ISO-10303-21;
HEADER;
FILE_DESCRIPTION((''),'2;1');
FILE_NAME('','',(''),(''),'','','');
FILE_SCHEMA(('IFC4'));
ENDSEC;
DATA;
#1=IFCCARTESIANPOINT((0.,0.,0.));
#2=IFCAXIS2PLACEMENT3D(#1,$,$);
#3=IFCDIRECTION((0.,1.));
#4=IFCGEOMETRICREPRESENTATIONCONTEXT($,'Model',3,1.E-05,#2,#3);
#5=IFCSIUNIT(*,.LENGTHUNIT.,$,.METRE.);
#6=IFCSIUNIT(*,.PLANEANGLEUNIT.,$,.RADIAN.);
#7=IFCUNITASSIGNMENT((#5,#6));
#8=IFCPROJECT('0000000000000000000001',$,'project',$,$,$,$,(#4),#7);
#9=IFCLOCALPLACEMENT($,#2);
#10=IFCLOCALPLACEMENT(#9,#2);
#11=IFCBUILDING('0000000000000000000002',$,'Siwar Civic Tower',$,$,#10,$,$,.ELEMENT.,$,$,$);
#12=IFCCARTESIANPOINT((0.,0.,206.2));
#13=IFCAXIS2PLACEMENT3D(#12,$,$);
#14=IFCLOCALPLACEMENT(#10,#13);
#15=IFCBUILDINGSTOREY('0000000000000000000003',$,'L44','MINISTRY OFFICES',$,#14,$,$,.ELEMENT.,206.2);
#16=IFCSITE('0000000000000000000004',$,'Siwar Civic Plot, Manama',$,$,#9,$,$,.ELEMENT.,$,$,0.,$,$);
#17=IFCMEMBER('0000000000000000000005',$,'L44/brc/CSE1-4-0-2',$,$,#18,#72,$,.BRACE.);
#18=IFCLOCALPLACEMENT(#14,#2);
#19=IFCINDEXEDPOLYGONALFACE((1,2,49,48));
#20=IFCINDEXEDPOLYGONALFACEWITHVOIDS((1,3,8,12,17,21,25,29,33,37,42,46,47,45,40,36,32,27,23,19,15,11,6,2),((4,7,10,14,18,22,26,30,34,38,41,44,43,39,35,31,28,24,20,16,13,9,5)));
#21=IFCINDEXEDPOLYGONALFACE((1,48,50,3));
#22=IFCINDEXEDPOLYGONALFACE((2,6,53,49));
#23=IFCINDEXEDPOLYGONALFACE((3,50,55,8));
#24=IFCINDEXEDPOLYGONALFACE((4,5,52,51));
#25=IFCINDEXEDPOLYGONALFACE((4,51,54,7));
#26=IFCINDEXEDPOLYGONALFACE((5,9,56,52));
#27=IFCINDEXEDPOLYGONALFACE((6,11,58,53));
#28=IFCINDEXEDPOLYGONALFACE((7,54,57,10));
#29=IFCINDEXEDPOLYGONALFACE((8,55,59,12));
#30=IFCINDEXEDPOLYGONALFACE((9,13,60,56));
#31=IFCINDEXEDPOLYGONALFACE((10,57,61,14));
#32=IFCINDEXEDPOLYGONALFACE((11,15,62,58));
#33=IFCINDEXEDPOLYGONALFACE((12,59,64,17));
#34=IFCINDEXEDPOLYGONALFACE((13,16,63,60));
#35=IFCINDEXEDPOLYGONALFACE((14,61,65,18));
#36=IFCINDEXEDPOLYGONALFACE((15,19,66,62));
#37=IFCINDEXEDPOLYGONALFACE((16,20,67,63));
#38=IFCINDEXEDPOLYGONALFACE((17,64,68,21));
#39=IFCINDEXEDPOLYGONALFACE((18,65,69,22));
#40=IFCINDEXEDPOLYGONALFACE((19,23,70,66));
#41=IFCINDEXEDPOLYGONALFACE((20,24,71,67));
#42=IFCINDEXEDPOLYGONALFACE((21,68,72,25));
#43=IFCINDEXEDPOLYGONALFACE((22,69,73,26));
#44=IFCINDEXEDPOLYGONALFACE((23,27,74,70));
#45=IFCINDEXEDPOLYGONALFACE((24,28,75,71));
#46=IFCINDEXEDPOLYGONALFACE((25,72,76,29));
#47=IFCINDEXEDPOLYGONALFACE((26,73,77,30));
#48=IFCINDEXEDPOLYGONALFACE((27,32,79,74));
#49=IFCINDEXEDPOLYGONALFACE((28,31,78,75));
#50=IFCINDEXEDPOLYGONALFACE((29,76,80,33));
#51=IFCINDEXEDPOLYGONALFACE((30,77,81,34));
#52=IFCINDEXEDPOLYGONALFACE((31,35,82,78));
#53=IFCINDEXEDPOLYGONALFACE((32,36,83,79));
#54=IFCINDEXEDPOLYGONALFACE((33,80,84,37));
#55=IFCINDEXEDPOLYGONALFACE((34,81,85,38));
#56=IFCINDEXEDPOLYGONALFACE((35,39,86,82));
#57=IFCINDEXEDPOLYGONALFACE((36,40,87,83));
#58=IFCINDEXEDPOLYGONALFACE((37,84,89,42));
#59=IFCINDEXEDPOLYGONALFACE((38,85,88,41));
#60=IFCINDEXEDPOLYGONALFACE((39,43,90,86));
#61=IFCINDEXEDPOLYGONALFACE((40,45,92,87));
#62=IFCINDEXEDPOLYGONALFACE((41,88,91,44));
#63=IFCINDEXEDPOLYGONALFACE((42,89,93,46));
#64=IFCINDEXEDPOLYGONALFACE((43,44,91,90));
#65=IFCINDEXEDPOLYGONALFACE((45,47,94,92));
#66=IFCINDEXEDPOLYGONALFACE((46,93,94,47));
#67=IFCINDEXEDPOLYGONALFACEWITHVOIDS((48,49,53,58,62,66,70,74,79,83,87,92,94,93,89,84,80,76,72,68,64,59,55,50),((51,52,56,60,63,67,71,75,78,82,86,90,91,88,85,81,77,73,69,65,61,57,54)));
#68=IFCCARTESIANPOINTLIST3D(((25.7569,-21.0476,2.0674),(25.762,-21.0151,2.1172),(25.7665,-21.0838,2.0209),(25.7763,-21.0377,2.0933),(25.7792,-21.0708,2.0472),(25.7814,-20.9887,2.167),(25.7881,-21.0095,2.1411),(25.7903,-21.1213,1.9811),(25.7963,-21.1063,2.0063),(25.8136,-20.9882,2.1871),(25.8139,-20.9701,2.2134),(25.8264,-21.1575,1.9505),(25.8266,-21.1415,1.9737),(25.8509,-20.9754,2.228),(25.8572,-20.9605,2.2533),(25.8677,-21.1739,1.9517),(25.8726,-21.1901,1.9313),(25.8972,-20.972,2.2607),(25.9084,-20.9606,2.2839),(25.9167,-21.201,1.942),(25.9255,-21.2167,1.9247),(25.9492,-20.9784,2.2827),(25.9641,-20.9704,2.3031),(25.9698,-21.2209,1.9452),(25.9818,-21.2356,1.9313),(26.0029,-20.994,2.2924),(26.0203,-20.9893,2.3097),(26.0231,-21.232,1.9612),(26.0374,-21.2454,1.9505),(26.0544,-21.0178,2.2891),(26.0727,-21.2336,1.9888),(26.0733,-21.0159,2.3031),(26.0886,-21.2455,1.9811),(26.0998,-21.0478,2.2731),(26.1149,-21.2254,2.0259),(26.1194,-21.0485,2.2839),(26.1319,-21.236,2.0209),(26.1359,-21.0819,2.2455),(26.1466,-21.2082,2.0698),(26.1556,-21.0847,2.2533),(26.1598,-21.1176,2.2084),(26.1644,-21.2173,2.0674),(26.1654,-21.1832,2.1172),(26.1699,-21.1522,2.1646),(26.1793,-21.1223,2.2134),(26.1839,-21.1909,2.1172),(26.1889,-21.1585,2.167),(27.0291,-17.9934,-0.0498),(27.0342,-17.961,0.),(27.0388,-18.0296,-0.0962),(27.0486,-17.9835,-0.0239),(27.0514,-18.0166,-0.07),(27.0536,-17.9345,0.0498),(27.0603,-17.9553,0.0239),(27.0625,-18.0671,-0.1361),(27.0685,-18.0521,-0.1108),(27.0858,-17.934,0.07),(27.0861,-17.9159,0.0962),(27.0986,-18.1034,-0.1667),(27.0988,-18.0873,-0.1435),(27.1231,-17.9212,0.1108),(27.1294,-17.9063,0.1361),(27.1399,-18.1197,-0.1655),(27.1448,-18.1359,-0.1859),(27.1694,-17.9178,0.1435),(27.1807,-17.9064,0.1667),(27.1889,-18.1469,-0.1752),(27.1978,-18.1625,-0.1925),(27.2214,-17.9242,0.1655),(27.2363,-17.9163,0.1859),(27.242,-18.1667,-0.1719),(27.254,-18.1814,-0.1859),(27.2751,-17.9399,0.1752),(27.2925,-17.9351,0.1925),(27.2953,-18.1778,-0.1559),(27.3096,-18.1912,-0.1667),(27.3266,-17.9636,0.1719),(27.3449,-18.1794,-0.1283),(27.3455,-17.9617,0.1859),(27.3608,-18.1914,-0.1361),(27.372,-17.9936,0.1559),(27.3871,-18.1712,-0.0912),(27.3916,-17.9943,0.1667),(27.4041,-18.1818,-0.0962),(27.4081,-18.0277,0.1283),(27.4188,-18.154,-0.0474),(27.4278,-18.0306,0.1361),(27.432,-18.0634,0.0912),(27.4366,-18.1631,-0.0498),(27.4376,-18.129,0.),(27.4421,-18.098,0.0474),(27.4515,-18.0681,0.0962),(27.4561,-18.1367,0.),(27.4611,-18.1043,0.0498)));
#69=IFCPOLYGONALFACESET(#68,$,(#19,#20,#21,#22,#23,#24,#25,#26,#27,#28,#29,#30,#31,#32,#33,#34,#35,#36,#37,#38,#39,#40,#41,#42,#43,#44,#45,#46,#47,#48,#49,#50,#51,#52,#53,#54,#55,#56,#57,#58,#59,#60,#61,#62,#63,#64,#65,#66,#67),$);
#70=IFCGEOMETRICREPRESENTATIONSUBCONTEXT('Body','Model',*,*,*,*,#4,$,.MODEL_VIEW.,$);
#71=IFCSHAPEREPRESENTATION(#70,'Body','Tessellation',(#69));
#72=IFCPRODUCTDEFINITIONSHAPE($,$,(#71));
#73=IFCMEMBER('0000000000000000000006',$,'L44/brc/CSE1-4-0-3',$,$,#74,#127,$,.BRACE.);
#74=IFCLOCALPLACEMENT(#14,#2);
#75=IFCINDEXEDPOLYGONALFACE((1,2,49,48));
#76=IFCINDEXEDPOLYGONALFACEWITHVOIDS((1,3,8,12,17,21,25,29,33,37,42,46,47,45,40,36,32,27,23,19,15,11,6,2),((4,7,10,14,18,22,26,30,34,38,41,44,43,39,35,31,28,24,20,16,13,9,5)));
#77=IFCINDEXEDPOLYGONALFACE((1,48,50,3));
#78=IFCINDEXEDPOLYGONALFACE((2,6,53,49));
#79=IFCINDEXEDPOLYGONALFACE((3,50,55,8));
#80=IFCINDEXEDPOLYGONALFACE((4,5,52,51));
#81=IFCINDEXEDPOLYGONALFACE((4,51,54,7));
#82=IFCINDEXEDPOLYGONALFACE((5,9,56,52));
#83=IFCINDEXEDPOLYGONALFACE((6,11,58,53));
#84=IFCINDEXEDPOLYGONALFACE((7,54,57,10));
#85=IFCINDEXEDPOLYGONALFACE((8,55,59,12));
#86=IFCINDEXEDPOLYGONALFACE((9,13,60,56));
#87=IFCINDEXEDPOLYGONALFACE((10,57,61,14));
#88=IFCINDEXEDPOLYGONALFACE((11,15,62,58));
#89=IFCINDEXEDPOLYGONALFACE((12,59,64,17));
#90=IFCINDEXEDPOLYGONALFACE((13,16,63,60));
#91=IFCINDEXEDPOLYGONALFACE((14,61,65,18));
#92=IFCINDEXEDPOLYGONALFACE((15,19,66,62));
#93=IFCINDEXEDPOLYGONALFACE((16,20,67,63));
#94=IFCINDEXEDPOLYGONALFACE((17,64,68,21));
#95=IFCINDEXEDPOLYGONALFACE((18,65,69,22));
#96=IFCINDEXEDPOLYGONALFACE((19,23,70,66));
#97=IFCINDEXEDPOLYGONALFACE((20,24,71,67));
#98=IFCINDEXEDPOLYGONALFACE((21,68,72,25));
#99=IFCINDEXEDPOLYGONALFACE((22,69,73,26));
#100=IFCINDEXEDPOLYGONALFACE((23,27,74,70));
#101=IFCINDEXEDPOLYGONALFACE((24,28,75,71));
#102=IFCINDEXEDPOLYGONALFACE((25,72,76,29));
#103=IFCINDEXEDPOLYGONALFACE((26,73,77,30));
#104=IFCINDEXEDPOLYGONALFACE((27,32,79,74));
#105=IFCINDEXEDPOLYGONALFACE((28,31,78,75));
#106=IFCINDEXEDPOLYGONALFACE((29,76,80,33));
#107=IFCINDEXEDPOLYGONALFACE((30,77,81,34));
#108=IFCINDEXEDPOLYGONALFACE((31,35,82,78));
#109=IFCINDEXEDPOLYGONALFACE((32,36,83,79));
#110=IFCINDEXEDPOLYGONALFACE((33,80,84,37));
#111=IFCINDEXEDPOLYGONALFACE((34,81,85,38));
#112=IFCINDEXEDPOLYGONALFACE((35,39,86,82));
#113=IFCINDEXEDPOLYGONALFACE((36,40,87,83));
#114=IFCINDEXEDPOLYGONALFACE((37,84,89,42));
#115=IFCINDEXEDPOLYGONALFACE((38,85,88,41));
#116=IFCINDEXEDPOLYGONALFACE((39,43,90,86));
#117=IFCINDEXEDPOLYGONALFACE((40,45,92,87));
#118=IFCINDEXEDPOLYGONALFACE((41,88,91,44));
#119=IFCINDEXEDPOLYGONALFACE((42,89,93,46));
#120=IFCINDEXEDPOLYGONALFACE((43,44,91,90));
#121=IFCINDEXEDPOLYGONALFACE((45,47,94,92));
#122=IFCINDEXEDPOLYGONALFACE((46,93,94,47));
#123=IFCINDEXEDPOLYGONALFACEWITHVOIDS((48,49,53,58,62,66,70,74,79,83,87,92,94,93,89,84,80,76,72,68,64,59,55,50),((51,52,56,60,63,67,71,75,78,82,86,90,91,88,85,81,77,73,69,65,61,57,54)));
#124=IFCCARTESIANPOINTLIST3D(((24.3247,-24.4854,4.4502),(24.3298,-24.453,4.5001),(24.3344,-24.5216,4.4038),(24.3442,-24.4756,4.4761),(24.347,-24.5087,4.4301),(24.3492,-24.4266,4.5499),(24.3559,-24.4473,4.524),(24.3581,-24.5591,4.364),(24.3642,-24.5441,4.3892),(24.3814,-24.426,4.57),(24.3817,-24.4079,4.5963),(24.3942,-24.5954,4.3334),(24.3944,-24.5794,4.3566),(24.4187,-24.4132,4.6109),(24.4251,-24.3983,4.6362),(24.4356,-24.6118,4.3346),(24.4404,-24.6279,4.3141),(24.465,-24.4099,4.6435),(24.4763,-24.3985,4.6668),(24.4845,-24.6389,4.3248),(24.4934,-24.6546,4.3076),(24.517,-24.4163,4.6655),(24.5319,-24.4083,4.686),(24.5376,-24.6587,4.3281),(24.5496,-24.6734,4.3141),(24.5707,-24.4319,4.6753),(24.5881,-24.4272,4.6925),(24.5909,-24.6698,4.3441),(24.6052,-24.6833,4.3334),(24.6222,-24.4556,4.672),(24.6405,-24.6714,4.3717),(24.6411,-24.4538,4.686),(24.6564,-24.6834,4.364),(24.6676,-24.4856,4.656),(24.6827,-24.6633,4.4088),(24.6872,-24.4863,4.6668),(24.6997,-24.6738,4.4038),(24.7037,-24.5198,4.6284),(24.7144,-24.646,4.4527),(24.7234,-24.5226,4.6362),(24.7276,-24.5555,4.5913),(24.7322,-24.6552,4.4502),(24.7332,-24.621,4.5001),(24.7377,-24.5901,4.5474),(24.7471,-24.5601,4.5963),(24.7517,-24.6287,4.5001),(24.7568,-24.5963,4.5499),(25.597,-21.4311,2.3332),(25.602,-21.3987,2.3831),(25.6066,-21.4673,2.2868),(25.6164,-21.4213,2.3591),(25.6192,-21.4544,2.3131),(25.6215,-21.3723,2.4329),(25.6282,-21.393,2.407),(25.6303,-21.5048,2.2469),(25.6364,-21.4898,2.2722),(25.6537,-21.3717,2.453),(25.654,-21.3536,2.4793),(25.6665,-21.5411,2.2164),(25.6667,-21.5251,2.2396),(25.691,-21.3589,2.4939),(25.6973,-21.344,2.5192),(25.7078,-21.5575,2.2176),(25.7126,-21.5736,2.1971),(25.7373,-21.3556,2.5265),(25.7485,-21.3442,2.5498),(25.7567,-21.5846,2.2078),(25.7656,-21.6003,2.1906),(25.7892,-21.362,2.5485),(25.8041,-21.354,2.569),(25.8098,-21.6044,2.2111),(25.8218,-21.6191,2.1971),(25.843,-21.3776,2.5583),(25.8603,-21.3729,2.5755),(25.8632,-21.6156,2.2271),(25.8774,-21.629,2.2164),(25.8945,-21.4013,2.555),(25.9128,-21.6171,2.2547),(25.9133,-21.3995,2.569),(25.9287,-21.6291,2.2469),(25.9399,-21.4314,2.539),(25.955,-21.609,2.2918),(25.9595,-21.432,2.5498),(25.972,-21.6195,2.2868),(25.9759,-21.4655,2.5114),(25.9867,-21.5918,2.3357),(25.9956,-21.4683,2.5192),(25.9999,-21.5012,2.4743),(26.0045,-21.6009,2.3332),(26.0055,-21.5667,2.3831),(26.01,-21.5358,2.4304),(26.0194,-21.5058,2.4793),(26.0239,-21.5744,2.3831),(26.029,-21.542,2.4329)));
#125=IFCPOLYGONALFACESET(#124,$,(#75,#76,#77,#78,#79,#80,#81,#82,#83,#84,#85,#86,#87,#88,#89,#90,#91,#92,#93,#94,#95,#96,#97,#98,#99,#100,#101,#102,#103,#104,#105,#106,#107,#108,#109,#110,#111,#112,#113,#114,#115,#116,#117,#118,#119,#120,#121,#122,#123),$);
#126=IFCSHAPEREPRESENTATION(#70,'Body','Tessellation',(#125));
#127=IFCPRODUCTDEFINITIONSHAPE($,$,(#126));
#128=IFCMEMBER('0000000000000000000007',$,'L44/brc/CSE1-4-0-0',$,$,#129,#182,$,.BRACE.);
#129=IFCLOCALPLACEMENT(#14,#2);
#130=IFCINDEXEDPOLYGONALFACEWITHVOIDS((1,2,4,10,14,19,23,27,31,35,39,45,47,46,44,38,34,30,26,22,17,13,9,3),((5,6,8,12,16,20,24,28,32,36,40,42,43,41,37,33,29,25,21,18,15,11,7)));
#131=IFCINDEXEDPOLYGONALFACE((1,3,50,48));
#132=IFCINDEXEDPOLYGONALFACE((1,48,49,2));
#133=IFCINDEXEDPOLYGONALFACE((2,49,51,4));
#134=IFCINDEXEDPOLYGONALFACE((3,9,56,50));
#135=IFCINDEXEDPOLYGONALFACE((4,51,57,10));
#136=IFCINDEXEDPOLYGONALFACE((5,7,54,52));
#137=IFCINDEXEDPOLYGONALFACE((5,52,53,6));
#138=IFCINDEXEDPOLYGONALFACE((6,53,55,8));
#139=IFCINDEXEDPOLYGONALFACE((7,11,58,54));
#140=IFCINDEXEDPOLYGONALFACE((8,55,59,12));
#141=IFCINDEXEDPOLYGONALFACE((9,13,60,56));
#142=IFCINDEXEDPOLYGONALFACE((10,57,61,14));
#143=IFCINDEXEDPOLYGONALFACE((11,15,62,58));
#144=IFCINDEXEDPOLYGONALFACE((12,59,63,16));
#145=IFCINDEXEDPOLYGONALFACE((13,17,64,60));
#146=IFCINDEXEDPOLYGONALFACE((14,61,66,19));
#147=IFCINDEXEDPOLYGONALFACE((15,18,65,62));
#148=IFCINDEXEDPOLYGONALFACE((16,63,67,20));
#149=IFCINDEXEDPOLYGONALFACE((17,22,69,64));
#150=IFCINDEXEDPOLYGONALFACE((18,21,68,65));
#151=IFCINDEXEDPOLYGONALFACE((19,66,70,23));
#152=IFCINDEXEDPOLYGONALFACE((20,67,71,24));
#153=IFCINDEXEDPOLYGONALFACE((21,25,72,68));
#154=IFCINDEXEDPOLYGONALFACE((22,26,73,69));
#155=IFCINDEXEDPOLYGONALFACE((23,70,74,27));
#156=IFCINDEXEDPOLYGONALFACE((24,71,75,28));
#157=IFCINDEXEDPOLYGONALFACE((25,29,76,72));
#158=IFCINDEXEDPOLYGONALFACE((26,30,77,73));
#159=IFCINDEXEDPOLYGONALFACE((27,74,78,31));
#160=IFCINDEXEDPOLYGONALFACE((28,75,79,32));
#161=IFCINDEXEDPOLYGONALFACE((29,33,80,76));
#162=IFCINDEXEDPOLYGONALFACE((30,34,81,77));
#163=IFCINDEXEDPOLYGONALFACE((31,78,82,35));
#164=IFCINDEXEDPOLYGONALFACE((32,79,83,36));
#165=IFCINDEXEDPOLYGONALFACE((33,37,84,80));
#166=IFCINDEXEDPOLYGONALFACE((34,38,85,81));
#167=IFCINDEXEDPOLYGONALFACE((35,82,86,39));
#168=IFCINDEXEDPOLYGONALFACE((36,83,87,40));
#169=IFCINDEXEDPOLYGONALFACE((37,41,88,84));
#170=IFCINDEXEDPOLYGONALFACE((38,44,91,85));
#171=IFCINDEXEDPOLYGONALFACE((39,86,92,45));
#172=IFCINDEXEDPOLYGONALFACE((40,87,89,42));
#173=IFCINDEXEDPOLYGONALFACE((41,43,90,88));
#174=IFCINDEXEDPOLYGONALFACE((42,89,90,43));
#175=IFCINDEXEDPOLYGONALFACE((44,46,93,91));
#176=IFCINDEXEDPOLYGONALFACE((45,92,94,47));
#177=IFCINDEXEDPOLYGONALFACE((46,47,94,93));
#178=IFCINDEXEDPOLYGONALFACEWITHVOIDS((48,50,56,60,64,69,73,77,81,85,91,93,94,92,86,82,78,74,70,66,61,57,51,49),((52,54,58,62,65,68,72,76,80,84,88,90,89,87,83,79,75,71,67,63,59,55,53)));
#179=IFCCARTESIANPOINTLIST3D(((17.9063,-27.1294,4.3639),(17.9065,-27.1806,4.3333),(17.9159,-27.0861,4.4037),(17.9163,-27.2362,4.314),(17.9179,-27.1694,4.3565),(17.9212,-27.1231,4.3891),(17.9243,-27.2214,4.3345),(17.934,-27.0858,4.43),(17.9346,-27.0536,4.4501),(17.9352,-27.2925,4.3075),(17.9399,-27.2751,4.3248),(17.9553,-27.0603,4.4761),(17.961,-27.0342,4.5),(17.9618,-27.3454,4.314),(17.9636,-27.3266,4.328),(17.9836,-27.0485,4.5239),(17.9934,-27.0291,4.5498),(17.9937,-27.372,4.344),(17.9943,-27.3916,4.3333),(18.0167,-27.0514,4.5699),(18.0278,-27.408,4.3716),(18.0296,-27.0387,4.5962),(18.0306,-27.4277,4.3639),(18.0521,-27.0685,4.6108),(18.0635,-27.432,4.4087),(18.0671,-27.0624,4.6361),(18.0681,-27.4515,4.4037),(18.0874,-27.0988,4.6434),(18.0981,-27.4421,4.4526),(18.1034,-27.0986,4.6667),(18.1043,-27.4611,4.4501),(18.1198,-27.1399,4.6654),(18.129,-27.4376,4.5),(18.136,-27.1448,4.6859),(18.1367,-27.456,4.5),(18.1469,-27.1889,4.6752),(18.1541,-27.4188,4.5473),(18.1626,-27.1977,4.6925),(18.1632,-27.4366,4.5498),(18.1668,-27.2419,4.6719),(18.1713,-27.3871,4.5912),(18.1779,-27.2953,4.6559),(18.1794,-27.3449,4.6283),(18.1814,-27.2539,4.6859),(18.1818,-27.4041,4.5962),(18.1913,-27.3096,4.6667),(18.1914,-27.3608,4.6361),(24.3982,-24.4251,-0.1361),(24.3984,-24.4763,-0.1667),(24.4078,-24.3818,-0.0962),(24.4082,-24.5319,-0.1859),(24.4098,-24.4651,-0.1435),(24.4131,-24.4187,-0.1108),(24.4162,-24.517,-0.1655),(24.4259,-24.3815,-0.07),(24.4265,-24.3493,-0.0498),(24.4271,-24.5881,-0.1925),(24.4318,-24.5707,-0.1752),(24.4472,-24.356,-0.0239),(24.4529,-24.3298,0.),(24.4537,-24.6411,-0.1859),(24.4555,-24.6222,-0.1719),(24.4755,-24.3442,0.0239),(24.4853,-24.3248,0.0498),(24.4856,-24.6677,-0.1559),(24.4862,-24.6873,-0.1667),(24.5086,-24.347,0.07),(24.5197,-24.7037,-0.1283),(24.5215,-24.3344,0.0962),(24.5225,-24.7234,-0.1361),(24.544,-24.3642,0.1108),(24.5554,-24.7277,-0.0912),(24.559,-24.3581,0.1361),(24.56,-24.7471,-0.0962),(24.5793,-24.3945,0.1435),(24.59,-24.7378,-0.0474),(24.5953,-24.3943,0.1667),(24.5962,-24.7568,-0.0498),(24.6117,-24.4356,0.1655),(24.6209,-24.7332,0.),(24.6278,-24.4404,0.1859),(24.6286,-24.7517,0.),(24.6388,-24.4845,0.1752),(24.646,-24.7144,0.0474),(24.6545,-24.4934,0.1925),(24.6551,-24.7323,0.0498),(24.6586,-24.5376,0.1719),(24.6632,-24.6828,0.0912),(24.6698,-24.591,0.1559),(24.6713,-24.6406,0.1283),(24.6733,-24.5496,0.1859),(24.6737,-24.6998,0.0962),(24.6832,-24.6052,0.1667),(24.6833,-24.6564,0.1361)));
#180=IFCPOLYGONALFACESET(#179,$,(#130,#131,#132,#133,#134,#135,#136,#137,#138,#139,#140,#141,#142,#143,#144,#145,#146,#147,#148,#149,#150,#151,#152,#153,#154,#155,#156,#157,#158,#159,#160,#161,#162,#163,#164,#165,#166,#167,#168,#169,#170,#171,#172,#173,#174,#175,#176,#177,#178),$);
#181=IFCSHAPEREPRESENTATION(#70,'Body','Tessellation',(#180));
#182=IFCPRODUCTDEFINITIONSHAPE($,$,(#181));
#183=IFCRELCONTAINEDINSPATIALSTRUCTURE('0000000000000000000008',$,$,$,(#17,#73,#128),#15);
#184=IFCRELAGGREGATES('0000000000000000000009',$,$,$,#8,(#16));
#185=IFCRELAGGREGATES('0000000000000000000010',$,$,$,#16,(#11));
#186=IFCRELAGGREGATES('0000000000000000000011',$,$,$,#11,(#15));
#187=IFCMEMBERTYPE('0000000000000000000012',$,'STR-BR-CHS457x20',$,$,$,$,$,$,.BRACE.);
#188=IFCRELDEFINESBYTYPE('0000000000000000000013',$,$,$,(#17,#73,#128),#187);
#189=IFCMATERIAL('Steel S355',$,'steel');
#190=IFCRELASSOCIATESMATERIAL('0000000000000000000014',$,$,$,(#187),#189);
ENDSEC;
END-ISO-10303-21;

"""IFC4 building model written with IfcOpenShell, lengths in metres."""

from ifc_helpers import new_model, si_unit, direction, frame, origin, origin_2d, place, context, subcontext, project, spatial, hollow_circle, extrude, material, material_profile, profile_set, type_object, element, save


model = new_model("IFC4")

# Units and contexts
model_context = context("Model", 3, precision=1e-05, world=origin(), true_north=direction((0.0, 1.0)))
body_context = subcontext(model_context, "Body", "Model", "MODEL_VIEW")
ifc_project = project(units=[si_unit("LENGTHUNIT", "METRE"), si_unit("PLANEANGLEUNIT", "RADIAN")], contexts=[model_context])

# Site, building, storey
site_placement = place(None, origin())
site = spatial("IfcSite", under=ifc_project, at=site_placement, Name="Siwar Civic Plot, Manama", CompositionType="ELEMENT", RefElevation=0.0)
building_placement = place(site_placement, origin())
building = spatial("IfcBuilding", under=site, at=building_placement, Name="Siwar Civic Tower", CompositionType="ELEMENT")
storey_placement = place(building_placement, frame((0.0, 0.0, 206.2)))
storey = spatial("IfcBuildingStorey", under=building, at=storey_placement, Name="L44", Description="MINISTRY OFFICES", CompositionType="ELEMENT", Elevation=206.2)

# Members
ifc_material_1 = material(Name="Steel S355", Category="steel")
ifc_material_profile_1 = material_profile(ifc_material_1, hollow_circle(Radius=0.2285, WallThickness=0.02, at=origin_2d()), Name="CHS457x20")
ifc_profile_set_1 = profile_set([ifc_material_profile_1], Name="Steel S355")
member_type_1 = type_object("IfcMemberType", Name="STR-BR-CHS457x20", PredefinedType="BRACE", material=ifc_profile_set_1)
for number, where, z_axis, x_axis, name in (
    (1, (27.2451, -18.0488, 0.0), (-0.323884, -0.777546, 0.538999), (0.923116, -0.384521, 0.0), "L44/brc/CSE1-4-0-2"),
    (2, (25.813, -21.4866, 2.3831), (-0.323895, -0.777572, 0.538955), (0.923116, -0.384521, 0.0), "L44/brc/CSE1-4-0-3"),
):
    element("IfcMember", number, at=place(storey_placement, frame(where, z_axis=z_axis, x_axis=x_axis)), inside=storey, type_object=member_type_1, Name=name, PredefinedType="BRACE", context=body_context, shape_type="SweptSolid", body=[
        extrude(hollow_circle(Radius=0.2285, WallThickness=0.02, at=origin_2d()), origin(), (0.0, 0.0, 1.0), 3.928),
    ])
member_1_placement = place(storey_placement, frame((24.5408, -24.5408, 0.0), z_axis=(-0.777555, -0.323906, 0.538975), x_axis=(0.384539, -0.923109, 0.0)))
element("IfcMember", 3, at=member_1_placement, inside=storey, type_object=member_type_1, Name="L44/brc/CSE1-4-0-0", PredefinedType="BRACE", context=body_context, shape_type="SweptSolid", body=[
    extrude(hollow_circle(Radius=0.2285, WallThickness=0.02, at=origin_2d()), origin(), (0.0, 0.0, 1.0), 8.3491),
])

save(model, "model.ifc")
